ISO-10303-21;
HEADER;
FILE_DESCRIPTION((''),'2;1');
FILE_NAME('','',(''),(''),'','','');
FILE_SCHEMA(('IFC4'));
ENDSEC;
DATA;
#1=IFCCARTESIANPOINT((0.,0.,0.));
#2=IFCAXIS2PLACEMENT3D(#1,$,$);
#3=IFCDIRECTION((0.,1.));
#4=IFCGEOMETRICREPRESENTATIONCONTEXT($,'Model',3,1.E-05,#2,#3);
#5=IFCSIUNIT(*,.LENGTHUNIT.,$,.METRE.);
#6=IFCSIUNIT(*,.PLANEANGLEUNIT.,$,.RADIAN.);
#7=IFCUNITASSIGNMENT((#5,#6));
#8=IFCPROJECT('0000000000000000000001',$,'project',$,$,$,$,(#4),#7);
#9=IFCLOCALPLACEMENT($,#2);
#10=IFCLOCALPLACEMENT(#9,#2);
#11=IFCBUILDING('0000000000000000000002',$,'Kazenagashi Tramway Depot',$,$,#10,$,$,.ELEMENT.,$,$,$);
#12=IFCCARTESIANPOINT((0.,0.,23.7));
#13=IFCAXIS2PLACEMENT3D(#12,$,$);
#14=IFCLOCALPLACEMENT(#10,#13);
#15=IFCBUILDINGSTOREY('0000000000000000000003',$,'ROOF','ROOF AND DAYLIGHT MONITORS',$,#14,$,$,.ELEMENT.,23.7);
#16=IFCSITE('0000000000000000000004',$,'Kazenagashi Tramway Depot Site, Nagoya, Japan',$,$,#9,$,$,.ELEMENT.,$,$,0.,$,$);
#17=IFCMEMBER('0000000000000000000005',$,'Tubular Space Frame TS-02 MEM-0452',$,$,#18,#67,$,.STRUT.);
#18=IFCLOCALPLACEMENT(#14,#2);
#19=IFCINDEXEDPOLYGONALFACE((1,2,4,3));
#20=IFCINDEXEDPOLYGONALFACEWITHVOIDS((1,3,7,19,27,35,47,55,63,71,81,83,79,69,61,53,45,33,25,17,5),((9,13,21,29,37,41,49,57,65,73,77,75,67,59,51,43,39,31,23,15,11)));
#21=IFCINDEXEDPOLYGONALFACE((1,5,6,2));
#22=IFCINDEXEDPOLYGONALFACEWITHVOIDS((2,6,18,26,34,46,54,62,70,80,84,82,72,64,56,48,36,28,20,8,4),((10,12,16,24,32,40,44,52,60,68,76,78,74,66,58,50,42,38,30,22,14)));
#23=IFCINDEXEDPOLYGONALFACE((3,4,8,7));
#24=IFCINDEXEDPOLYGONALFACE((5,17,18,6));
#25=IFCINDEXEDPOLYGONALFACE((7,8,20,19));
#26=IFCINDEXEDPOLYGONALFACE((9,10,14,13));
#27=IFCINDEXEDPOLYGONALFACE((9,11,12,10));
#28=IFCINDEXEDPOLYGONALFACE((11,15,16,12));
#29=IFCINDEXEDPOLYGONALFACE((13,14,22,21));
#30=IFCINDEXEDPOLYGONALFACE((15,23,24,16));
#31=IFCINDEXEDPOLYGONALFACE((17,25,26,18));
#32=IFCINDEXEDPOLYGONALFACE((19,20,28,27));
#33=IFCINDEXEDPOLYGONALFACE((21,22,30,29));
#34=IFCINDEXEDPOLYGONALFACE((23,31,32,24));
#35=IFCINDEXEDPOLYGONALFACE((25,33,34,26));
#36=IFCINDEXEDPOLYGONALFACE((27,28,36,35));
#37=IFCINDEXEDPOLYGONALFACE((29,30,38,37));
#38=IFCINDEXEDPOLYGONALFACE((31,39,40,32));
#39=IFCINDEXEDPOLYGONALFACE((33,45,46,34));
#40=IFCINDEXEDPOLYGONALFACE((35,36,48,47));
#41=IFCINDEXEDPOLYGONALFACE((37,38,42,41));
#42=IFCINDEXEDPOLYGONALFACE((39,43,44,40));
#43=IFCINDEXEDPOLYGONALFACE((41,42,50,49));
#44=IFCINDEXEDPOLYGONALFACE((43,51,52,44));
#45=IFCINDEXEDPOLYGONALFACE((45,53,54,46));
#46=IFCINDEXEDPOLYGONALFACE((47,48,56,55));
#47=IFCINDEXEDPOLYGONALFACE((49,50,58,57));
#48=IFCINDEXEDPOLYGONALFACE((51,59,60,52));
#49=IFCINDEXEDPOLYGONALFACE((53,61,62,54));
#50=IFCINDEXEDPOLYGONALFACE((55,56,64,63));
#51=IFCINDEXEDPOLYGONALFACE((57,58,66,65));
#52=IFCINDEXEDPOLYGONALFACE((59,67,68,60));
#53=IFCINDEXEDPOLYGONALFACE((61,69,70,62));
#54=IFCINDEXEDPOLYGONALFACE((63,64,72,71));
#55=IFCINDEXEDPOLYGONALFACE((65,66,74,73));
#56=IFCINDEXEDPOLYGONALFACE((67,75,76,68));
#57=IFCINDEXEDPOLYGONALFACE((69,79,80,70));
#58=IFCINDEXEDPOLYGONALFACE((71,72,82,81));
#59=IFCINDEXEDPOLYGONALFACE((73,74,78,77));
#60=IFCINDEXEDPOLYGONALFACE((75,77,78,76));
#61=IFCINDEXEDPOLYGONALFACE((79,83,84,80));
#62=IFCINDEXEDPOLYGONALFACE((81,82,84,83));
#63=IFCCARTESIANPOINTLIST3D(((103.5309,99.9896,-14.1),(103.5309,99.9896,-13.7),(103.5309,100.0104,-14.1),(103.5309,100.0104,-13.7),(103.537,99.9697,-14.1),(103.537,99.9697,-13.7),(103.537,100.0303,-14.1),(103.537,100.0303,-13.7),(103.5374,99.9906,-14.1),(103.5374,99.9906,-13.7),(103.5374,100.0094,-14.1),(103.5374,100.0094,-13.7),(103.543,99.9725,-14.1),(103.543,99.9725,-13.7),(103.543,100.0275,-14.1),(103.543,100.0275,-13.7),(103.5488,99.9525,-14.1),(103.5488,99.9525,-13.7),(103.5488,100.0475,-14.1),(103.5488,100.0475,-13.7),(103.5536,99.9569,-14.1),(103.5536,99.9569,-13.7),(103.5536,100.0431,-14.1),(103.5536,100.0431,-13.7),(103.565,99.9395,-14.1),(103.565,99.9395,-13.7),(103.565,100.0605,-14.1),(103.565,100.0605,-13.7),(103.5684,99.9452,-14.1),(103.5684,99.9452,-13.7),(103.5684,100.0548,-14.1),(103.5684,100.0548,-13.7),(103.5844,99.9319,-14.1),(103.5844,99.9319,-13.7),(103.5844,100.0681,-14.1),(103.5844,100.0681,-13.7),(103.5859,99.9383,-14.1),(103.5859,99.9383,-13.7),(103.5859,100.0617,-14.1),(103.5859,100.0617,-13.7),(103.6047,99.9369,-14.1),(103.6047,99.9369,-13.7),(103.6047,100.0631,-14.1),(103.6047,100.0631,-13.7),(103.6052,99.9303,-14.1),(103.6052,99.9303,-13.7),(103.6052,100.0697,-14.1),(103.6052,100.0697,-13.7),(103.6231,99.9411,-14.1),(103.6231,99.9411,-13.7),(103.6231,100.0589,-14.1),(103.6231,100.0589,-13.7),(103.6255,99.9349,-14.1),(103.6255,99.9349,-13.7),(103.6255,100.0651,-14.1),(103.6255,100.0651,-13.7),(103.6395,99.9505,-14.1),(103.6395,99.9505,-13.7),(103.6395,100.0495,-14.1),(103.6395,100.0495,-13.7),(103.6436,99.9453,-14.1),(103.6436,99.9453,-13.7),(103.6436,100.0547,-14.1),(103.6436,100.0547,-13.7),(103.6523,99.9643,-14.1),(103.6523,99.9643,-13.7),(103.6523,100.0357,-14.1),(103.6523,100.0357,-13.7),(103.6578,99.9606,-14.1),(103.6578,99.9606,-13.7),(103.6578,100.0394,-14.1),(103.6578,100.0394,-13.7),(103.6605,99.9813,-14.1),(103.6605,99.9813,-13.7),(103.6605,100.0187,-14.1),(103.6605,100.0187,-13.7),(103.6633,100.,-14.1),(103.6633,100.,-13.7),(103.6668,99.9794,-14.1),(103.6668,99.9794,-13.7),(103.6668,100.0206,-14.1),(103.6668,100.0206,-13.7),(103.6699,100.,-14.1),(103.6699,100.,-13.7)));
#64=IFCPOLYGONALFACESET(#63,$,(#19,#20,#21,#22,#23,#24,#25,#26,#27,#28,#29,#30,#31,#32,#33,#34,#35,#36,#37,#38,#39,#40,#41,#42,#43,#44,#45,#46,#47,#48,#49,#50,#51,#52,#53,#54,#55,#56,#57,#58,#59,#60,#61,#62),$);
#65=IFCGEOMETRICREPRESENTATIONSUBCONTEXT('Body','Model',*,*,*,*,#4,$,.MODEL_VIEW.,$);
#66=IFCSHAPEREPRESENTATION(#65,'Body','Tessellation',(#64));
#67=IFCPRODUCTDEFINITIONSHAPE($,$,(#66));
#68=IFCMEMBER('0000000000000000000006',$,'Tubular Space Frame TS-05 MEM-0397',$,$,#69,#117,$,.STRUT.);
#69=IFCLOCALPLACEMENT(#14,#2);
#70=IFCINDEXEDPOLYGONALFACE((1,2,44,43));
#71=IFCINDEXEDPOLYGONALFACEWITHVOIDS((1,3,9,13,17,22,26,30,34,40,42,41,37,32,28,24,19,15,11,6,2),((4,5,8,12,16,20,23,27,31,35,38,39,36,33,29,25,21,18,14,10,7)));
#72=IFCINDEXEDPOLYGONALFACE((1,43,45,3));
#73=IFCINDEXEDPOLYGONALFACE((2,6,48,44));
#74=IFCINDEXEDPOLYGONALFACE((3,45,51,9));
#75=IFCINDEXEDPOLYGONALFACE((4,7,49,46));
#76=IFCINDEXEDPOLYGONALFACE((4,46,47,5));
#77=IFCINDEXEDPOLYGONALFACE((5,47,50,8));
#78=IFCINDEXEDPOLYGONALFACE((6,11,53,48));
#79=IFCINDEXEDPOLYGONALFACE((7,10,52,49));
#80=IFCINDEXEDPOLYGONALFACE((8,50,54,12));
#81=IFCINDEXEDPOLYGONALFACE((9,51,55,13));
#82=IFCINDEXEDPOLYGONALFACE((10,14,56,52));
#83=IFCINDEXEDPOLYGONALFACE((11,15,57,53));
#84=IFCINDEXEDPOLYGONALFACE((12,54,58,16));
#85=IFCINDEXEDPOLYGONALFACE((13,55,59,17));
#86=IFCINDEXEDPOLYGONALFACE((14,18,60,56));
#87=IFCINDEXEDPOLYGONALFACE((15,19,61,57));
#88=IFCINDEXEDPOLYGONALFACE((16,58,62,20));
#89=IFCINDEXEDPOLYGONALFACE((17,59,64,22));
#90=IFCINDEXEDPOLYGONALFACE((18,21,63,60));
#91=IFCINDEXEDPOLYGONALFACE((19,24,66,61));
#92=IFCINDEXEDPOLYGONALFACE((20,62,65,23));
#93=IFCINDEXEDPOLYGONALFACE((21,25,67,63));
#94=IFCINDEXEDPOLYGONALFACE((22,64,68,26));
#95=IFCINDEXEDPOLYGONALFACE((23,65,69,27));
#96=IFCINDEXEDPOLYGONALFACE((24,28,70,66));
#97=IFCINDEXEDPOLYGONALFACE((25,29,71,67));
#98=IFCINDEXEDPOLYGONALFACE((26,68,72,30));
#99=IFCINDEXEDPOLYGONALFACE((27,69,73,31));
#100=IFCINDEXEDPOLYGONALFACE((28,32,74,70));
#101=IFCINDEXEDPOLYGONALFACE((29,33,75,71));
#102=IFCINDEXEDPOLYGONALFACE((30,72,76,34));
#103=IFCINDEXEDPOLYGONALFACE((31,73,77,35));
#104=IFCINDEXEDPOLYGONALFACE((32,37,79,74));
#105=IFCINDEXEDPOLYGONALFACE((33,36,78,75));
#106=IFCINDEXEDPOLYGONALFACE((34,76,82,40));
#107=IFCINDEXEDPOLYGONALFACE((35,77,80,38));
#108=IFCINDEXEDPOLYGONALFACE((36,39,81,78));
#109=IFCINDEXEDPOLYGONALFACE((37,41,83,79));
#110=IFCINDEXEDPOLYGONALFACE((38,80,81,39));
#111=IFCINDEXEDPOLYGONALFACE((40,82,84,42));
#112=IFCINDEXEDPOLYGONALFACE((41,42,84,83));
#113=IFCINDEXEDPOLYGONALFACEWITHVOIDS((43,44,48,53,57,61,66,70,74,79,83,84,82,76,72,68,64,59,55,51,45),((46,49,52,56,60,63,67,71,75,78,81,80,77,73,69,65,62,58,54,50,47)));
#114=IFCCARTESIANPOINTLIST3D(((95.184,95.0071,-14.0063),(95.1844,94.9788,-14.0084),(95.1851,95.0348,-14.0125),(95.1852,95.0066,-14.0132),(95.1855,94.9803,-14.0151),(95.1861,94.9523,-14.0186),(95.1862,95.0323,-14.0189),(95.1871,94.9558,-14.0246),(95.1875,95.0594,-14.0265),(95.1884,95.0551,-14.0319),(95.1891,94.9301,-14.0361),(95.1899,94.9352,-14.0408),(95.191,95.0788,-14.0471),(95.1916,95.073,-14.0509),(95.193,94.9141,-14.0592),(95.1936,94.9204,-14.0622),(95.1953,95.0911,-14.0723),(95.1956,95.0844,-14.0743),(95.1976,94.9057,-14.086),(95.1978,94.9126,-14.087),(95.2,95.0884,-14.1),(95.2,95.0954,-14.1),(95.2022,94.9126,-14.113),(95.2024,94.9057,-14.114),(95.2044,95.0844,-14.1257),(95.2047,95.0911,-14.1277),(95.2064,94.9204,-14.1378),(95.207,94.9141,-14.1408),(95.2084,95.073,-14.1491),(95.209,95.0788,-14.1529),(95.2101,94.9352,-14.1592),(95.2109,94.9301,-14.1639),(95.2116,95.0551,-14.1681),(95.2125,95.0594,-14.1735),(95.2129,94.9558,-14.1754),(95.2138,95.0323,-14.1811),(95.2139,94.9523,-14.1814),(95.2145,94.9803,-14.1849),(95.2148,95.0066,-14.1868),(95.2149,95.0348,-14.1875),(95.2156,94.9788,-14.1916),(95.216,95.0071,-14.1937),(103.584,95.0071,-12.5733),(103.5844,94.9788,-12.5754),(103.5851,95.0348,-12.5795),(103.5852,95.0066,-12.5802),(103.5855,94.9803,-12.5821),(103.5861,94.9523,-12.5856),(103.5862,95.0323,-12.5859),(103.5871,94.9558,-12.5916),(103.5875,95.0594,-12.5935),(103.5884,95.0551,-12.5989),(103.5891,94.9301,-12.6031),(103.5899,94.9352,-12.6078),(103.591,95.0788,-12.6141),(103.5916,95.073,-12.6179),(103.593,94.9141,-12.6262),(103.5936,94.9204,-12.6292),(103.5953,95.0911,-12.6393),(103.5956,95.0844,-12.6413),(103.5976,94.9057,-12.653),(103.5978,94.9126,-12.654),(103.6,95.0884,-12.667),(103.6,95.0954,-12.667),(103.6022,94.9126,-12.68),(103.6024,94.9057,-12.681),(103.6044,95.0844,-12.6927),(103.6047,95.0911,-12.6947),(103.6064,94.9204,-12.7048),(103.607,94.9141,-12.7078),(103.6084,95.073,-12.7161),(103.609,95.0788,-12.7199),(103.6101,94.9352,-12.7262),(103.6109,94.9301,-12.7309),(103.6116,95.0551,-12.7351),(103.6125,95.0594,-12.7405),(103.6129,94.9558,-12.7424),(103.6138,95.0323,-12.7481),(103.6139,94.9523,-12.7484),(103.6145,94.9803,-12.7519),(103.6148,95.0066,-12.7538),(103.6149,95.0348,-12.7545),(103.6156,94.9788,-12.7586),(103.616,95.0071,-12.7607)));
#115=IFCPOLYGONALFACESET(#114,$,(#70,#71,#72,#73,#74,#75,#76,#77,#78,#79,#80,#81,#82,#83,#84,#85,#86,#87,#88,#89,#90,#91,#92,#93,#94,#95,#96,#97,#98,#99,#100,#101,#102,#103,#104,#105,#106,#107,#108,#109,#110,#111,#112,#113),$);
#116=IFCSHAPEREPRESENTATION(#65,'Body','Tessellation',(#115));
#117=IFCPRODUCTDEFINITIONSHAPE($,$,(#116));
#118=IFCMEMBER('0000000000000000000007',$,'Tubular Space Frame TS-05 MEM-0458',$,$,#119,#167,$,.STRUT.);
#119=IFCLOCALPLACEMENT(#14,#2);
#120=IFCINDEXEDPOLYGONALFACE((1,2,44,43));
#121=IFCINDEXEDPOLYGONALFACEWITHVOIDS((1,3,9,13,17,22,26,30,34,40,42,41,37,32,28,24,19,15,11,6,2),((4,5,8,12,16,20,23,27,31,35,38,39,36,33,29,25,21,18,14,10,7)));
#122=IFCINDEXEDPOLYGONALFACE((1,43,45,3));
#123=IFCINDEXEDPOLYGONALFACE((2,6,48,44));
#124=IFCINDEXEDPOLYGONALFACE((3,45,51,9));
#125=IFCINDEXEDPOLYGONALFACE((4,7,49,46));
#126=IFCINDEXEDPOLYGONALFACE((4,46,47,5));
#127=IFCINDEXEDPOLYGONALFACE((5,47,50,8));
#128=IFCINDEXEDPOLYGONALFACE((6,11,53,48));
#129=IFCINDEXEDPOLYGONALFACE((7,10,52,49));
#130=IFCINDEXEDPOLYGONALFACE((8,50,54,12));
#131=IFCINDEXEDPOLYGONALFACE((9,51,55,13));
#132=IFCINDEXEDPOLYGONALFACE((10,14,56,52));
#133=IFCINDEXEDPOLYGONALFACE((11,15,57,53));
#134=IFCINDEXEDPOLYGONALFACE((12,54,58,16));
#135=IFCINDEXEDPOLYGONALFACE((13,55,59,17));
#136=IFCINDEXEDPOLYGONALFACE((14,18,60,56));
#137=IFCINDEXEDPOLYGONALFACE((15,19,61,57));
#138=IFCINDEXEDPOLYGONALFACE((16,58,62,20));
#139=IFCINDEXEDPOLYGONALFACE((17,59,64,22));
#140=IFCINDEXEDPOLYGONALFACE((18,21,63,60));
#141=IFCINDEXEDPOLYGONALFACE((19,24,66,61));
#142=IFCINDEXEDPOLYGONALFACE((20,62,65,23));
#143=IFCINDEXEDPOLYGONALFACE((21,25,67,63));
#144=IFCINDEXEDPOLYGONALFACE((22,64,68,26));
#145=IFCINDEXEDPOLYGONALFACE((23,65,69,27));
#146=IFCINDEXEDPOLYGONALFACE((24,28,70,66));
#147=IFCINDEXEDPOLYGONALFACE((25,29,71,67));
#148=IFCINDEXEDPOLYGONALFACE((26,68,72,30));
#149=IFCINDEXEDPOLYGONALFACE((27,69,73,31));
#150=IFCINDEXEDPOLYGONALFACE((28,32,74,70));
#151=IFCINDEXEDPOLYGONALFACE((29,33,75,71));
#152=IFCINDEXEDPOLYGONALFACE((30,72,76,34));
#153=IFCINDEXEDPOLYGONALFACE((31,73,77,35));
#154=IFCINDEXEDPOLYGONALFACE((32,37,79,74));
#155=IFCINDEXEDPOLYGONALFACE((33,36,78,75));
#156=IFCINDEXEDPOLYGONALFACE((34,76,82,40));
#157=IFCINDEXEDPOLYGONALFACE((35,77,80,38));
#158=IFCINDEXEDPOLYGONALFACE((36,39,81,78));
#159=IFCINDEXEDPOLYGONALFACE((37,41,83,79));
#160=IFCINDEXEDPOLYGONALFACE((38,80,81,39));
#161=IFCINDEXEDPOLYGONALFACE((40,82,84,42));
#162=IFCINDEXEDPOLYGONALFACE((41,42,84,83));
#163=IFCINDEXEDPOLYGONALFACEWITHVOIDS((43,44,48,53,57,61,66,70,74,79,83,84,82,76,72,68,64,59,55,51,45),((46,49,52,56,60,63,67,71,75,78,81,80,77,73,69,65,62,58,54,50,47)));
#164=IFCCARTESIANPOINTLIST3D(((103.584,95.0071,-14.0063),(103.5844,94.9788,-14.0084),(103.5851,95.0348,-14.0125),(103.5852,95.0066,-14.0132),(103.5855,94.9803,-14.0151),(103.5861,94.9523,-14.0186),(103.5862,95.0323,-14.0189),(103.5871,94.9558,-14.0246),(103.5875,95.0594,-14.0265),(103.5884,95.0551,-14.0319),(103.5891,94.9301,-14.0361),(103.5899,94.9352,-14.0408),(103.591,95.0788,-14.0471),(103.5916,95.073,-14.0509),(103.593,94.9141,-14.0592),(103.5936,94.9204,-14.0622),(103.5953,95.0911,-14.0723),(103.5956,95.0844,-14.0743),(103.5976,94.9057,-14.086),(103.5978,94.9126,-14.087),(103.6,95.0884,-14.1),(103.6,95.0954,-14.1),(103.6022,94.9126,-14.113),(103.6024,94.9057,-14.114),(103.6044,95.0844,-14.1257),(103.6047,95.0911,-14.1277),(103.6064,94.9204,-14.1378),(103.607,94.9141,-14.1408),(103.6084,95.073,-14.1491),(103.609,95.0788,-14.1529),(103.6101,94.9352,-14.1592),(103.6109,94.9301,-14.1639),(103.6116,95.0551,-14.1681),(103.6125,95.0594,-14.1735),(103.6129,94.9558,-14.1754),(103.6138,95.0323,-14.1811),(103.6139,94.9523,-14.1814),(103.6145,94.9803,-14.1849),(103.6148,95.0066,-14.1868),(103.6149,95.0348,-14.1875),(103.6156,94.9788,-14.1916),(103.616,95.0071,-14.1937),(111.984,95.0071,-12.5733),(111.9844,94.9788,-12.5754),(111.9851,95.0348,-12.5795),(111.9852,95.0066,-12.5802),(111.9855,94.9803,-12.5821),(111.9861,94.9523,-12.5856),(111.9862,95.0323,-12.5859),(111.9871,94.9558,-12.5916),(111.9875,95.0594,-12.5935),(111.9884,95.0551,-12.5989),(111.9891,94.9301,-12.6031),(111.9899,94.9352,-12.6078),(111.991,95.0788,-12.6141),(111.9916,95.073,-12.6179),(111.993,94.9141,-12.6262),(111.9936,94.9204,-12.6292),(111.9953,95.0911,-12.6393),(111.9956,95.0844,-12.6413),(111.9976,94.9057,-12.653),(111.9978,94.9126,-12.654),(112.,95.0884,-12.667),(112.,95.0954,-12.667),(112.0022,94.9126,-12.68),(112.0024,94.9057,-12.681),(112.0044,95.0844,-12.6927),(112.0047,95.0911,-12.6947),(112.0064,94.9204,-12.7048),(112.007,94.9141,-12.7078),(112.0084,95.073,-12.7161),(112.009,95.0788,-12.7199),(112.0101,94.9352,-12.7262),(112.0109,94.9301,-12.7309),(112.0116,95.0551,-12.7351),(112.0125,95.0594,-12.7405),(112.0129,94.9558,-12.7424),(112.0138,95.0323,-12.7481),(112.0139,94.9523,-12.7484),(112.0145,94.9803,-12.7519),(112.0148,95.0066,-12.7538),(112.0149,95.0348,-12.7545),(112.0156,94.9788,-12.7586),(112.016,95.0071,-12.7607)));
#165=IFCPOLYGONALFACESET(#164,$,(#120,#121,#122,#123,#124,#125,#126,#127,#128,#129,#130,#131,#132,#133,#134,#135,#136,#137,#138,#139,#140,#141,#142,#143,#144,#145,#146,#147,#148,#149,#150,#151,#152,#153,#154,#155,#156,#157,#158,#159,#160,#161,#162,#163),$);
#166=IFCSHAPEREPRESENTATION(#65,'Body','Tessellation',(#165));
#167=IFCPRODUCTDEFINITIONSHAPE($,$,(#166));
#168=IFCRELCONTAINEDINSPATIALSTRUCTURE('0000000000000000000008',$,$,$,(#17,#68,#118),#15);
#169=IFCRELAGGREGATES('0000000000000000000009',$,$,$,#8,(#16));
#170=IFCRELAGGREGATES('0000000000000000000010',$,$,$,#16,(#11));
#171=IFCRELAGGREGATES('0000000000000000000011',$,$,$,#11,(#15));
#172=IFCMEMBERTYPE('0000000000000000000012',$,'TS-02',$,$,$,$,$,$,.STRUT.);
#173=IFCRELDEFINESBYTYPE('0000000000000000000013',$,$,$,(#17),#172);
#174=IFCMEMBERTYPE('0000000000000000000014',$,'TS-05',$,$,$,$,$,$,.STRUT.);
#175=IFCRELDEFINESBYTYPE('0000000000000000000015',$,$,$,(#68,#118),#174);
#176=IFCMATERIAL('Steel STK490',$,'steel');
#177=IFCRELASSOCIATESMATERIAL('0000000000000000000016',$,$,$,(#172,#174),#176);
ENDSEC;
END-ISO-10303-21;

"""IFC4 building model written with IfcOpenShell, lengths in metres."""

from ifc_helpers import new_model, si_unit, direction, frame, origin, origin_2d, place, context, subcontext, project, spatial, hollow_circle, extrude, material, material_profile, profile_set, type_object, element, save


model = new_model("IFC4")

# Units and contexts
model_context = context("Model", 3, precision=1e-05, world=origin(), true_north=direction((0.0, 1.0)))
body_context = subcontext(model_context, "Body", "Model", "MODEL_VIEW")
ifc_project = project(units=[si_unit("LENGTHUNIT", "METRE"), si_unit("PLANEANGLEUNIT", "RADIAN")], contexts=[model_context])

# Site, building, storey
site_placement = place(None, origin())
site = spatial("IfcSite", under=ifc_project, at=site_placement, Name="Kazenagashi Tramway Depot Site, Nagoya, Japan", CompositionType="ELEMENT", RefElevation=0.0)
building_placement = place(site_placement, origin())
building = spatial("IfcBuilding", under=site, at=building_placement, Name="Kazenagashi Tramway Depot", CompositionType="ELEMENT")
storey_placement = place(building_placement, frame((0.0, 0.0, 23.7)))
storey = spatial("IfcBuildingStorey", under=building, at=storey_placement, Name="ROOF", Description="ROOF AND DAYLIGHT MONITORS", CompositionType="ELEMENT", Elevation=23.7)

# Members
ifc_material_1 = material(Name="Steel STK490", Category="steel")
ifc_material_profile_1 = material_profile(ifc_material_1, hollow_circle(Radius=0.0699, WallThickness=0.0066, at=origin_2d()), Name="CHS-139.8x6.6")
ifc_profile_set_1 = profile_set([ifc_material_profile_1], Name="Steel STK490")
member_type_1 = type_object("IfcMemberType", Name="TS-02", PredefinedType="STRUT", material=ifc_profile_set_1)
member_1_placement = place(storey_placement, frame((103.6, 100.0, -14.1), z_axis=(0.0, 0.0, 1.0), x_axis=(1.0, 0.0, 0.0)))
element("IfcMember", 1, at=member_1_placement, inside=storey, type_object=member_type_1, Name="Tubular Space Frame TS-02 MEM-0452", PredefinedType="STRUT", context=body_context, shape_type="SweptSolid", body=[
    extrude(hollow_circle(Radius=0.0699, WallThickness=0.0066, at=origin_2d()), origin(), (0.0, 0.0, 1.0), 0.4),
])
ifc_material_profile_2 = material_profile(ifc_material_1, hollow_circle(Radius=0.0954, WallThickness=0.007, at=origin_2d()), Name="CHS-190.7x7.0")
ifc_profile_set_2 = profile_set([ifc_material_profile_2], Name="Steel STK490")
member_type_2 = type_object("IfcMemberType", Name="TS-05", PredefinedType="STRUT", material=ifc_profile_set_2)
for number, where, z_axis, x_axis, name in (
    (2, (95.2, 95.0, -14.1), (0.985759, 0.0, 0.168166), (0.0, 1.0, 0.0), "Tubular Space Frame TS-05 MEM-0397"),
    (3, (103.6, 95.0, -14.1), (0.985759, 0.0, 0.168166), (0.0, 1.0, 0.0), "Tubular Space Frame TS-05 MEM-0458"),
):
    element("IfcMember", number, at=place(storey_placement, frame(where, z_axis=z_axis, x_axis=x_axis)), inside=storey, type_object=member_type_2, Name=name, PredefinedType="STRUT", context=body_context, shape_type="SweptSolid", body=[
        extrude(hollow_circle(Radius=0.0954, WallThickness=0.007, at=origin_2d()), origin(), (0.0, 0.0, 1.0), 8.5214),
    ])

save(model, "model.ifc")
